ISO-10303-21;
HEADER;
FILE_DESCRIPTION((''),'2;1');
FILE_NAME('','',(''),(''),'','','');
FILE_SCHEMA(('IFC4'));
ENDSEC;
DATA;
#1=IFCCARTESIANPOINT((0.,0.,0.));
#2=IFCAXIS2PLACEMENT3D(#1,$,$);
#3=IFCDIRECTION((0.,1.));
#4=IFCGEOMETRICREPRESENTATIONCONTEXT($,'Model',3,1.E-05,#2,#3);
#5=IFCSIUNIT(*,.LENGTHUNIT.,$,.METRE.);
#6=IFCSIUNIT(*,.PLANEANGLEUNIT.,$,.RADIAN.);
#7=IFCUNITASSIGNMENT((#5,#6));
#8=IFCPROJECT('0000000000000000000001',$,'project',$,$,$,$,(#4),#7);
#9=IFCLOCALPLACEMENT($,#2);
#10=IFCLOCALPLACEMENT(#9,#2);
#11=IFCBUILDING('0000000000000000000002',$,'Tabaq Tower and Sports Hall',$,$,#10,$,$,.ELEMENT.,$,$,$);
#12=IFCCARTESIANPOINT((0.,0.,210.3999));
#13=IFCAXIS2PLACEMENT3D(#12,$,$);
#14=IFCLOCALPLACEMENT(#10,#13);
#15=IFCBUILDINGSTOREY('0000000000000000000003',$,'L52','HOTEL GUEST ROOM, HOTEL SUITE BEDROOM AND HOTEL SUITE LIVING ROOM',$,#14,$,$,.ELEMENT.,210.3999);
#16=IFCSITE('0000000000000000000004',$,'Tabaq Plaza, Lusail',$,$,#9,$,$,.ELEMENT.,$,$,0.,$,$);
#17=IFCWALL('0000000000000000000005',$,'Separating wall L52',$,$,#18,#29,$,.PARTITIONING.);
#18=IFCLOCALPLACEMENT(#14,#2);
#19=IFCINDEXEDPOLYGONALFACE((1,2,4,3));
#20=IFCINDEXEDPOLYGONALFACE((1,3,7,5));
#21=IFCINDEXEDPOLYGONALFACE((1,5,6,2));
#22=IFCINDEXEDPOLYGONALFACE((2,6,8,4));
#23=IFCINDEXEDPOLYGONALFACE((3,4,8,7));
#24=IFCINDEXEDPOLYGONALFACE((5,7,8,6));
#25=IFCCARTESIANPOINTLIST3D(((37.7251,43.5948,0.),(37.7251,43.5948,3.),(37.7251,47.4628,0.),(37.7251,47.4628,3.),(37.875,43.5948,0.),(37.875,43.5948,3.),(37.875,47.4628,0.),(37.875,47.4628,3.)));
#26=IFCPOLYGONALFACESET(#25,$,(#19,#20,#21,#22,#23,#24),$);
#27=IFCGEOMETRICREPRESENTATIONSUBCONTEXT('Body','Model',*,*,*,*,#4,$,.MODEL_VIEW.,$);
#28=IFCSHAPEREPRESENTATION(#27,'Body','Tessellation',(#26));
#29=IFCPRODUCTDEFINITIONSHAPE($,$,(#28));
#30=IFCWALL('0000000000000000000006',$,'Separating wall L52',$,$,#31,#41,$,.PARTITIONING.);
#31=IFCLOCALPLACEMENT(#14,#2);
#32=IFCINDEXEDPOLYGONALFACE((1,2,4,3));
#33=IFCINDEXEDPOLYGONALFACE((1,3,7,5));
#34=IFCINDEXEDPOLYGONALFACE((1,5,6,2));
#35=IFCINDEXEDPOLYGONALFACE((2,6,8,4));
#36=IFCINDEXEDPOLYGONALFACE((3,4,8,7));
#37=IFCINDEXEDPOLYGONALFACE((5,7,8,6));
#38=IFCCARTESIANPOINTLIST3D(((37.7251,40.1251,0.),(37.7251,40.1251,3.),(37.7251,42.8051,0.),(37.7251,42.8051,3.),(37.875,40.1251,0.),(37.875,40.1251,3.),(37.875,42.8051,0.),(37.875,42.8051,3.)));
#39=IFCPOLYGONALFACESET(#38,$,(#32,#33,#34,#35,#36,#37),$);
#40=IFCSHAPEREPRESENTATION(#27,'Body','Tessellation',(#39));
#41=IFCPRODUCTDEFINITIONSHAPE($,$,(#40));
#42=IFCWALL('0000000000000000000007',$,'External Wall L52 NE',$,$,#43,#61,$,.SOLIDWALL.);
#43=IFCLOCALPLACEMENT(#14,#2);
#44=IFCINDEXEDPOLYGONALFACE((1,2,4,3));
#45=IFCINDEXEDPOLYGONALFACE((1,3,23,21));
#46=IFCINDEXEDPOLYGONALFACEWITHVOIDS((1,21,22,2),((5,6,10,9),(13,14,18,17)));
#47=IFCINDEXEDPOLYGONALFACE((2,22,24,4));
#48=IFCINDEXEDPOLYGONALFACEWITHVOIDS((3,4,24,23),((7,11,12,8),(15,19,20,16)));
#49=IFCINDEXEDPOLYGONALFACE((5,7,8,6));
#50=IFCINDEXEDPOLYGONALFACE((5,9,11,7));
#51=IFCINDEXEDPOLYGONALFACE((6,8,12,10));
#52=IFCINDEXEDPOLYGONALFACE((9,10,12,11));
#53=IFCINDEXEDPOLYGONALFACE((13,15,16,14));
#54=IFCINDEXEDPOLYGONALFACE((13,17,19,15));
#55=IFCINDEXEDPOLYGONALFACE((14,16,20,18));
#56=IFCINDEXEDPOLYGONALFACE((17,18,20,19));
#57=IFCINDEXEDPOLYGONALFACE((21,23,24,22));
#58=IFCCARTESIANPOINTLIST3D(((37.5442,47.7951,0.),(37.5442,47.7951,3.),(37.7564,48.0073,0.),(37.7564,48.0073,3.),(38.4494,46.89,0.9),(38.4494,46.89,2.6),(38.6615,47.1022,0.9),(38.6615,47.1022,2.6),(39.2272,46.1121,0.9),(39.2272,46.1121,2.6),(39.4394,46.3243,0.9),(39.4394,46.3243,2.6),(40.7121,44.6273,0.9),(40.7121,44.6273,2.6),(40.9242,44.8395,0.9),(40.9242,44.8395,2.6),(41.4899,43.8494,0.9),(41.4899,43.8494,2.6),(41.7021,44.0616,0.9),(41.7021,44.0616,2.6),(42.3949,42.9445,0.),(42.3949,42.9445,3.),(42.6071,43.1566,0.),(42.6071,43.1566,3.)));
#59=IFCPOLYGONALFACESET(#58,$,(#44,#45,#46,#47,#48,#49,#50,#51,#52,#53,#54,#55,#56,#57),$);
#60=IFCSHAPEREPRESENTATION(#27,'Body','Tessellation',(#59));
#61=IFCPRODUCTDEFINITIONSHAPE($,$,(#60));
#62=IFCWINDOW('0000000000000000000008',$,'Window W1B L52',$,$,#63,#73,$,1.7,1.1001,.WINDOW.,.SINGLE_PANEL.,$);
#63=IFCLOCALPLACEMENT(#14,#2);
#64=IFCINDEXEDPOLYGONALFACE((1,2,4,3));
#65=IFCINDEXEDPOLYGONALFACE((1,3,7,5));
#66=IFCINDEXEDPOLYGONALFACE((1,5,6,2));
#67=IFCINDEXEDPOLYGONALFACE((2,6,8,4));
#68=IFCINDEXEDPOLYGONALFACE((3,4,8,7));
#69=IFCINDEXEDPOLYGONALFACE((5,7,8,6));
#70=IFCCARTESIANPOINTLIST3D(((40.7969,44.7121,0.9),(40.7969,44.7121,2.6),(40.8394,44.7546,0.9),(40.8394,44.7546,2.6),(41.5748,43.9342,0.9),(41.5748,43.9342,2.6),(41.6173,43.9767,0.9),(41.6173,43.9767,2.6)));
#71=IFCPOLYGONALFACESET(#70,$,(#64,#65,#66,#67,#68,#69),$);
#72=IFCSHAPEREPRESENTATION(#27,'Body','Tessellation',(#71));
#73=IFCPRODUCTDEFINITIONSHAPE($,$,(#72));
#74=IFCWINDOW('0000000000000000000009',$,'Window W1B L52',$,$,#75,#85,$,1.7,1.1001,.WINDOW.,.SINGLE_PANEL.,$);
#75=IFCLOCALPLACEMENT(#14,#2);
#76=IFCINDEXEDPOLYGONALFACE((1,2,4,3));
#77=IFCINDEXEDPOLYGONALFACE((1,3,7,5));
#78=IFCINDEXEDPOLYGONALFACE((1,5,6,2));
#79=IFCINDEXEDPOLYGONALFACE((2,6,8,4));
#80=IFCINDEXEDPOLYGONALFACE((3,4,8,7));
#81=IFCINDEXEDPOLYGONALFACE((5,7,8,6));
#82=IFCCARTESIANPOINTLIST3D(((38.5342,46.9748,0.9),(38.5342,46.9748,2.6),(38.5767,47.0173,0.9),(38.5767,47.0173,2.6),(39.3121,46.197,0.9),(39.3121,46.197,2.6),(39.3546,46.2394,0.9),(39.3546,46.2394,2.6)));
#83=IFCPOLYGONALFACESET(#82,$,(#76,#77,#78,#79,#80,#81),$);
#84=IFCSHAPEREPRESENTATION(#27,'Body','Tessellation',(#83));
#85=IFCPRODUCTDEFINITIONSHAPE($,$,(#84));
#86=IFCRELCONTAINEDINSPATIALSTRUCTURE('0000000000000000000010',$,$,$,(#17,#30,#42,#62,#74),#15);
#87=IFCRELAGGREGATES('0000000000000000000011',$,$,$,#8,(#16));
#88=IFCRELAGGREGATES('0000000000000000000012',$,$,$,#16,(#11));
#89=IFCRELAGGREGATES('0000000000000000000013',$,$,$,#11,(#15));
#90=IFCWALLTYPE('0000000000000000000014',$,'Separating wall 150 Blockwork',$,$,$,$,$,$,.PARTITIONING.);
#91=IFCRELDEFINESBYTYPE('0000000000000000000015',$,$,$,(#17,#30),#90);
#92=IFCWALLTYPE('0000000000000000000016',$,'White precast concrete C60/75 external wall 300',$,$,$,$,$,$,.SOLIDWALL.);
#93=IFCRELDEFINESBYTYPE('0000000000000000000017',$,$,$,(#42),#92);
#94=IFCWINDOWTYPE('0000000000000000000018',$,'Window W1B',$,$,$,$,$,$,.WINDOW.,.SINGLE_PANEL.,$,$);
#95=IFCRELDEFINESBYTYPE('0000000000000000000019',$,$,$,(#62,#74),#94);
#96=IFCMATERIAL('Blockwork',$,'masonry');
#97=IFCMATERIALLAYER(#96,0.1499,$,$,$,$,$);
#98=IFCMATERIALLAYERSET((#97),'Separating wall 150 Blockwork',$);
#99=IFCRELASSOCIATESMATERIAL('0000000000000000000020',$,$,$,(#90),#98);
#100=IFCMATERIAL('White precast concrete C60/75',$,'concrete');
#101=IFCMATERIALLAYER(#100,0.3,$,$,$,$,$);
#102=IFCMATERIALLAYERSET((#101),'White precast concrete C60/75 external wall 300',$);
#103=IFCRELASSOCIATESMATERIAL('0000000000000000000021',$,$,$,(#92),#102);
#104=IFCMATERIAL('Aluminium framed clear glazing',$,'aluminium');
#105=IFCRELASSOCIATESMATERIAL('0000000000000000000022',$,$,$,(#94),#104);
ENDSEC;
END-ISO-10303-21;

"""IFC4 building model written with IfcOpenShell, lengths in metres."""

from ifc_helpers import new_model, si_unit, direction, frame, frame_2d, origin, place, context, subcontext, project, spatial, rectangle, extrude, material, layer, layer_set, type_object, element, fill, save


model = new_model("IFC4")

# Units and contexts
model_context = context("Model", 3, precision=1e-05, world=origin(), true_north=direction((0.0, 1.0)))
body_context = subcontext(model_context, "Body", "Model", "MODEL_VIEW")
ifc_project = project(units=[si_unit("LENGTHUNIT", "METRE"), si_unit("PLANEANGLEUNIT", "RADIAN")], contexts=[model_context])

# Site, building, storey
site_placement = place(None, origin())
site = spatial("IfcSite", under=ifc_project, at=site_placement, Name="Tabaq Plaza, Lusail", CompositionType="ELEMENT", RefElevation=0.0)
building_placement = place(site_placement, origin())
building = spatial("IfcBuilding", under=site, at=building_placement, Name="Tabaq Tower and Sports Hall", CompositionType="ELEMENT")
storey_placement = place(building_placement, frame((0.0, 0.0, 210.3999)))
storey = spatial("IfcBuildingStorey", under=building, at=storey_placement, Name="L52", Description="HOTEL GUEST ROOM, HOTEL SUITE BEDROOM AND HOTEL SUITE LIVING ROOM", CompositionType="ELEMENT", Elevation=210.3999)

# Walls
ifc_material_1 = material(Name="Blockwork", Category="masonry")
ifc_layer_1 = layer(ifc_material_1, 0.1499)
ifc_layer_set_1 = layer_set([ifc_layer_1], Name="Separating wall 150 Blockwork")
wall_type_1 = type_object("IfcWallType", Name="Separating wall 150 Blockwork", PredefinedType="PARTITIONING", material=ifc_layer_set_1)
wall_1_placement = place(storey_placement, frame((37.8, 47.4629, 0.0), z_axis=(0.0, 0.0, 1.0), x_axis=(0.0, -1.0, 0.0)))
element("IfcWall", 1, at=wall_1_placement, inside=storey, type_object=wall_type_1, Name="Separating wall L52", PredefinedType="PARTITIONING", context=body_context, shape_type="SweptSolid", body=[
    extrude(rectangle(XDim=3.8679, YDim=0.1499, at=frame_2d((1.9341, 0.0))), origin(), (0.0, 0.0, 1.0), 3.0),
])
wall_2_placement = place(storey_placement, frame((37.8, 42.8049, 0.0), z_axis=(0.0, 0.0, 1.0), x_axis=(0.0, -1.0, 0.0)))
element("IfcWall", 2, at=wall_2_placement, inside=storey, type_object=wall_type_1, Name="Separating wall L52", PredefinedType="PARTITIONING", context=body_context, shape_type="SweptSolid", body=[
    extrude(rectangle(XDim=2.6799, YDim=0.1499, at=frame_2d((1.3398, 0.0))), origin(), (0.0, 0.0, 1.0), 3.0),
])

# Wall, openings, windows
ifc_material_2 = material(Name="White precast concrete C60/75", Category="concrete")
ifc_layer_2 = layer(ifc_material_2, 0.3)
ifc_layer_set_2 = layer_set([ifc_layer_2], Name="White precast concrete C60/75 external wall 300")
wall_type_2 = type_object("IfcWallType", Name="White precast concrete C60/75 external wall 300", PredefinedType="SOLIDWALL", material=ifc_layer_set_2)
wall_3_placement = place(storey_placement, frame((42.501, 43.0505, 0.0), z_axis=(0.0, 0.0, 1.0), x_axis=(-0.707107, 0.707107, 0.0)))
wall_3 = element("IfcWall", 3, at=wall_3_placement, inside=storey, type_object=wall_type_2, Name="External Wall L52 NE", PredefinedType="SOLIDWALL", context=body_context, shape_type="SweptSolid", body=[
    extrude(rectangle(XDim=6.8599, YDim=0.3, at=frame_2d((3.4299, 0.0))), origin(), (0.0, 0.0, 1.0), 3.0),
])
opening_1_placement = place(wall_3_placement, frame((1.2798, 0.0, 0.8999)))
opening_1 = element("IfcOpeningElement", 4, at=opening_1_placement, cuts=wall_3, PredefinedType="OPENING", context=body_context, shape_type="SweptSolid", body=[
    extrude(rectangle(XDim=1.1001, YDim=1.7, at=frame_2d((0.55, 0.8501))), frame((0.0, 0.1602, 0.0), z_axis=(0.0, -1.0, 0.0), x_axis=(1.0, 0.0, 0.0)), (0.0, 0.0, 1.0), 0.3201),
])
opening_2_placement = place(wall_3_placement, frame((4.4797, 0.0, 0.8999)))
opening_2 = element("IfcOpeningElement", 5, at=opening_2_placement, cuts=wall_3, PredefinedType="OPENING", context=body_context, shape_type="SweptSolid", body=[
    extrude(rectangle(XDim=1.1001, YDim=1.7, at=frame_2d((0.55, 0.8501))), frame((0.0, 0.1602, 0.0), z_axis=(0.0, -1.0, 0.0), x_axis=(1.0, 0.0, 0.0)), (0.0, 0.0, 1.0), 0.3201),
])
ifc_material_3 = material(Name="Aluminium framed clear glazing", Category="aluminium")
window_type_1 = type_object("IfcWindowType", Name="Window W1B", PartitioningType="SINGLE_PANEL", PredefinedType="WINDOW", material=ifc_material_3)
window_1_placement = place(opening_1_placement, origin())
window_1 = element("IfcWindow", 6, at=window_1_placement, inside=storey, type_object=window_type_1, Name="Window W1B L52", OverallHeight=1.7, OverallWidth=1.1001, PartitioningType="SINGLE_PANEL", PredefinedType="WINDOW", context=body_context, shape_type="SweptSolid", body=[
    extrude(rectangle(XDim=1.1001, YDim=1.7, at=frame_2d((0.55, 0.8501))), frame((0.0, 0.03, 0.0), z_axis=(0.0, -1.0, 0.0), x_axis=(1.0, 0.0, 0.0)), (0.0, 0.0, 1.0), 0.0601),
])
fill(opening_1, window_1)
window_2_placement = place(opening_2_placement, origin())
window_2 = element("IfcWindow", 7, at=window_2_placement, inside=storey, type_object=window_type_1, Name="Window W1B L52", OverallHeight=1.7, OverallWidth=1.1001, PartitioningType="SINGLE_PANEL", PredefinedType="WINDOW", context=body_context, shape_type="SweptSolid", body=[
    extrude(rectangle(XDim=1.1001, YDim=1.7, at=frame_2d((0.55, 0.8501))), frame((0.0, 0.03, 0.0), z_axis=(0.0, -1.0, 0.0), x_axis=(1.0, 0.0, 0.0)), (0.0, 0.0, 1.0), 0.0601),
])
fill(opening_2, window_2)

save(model, "model.ifc")
